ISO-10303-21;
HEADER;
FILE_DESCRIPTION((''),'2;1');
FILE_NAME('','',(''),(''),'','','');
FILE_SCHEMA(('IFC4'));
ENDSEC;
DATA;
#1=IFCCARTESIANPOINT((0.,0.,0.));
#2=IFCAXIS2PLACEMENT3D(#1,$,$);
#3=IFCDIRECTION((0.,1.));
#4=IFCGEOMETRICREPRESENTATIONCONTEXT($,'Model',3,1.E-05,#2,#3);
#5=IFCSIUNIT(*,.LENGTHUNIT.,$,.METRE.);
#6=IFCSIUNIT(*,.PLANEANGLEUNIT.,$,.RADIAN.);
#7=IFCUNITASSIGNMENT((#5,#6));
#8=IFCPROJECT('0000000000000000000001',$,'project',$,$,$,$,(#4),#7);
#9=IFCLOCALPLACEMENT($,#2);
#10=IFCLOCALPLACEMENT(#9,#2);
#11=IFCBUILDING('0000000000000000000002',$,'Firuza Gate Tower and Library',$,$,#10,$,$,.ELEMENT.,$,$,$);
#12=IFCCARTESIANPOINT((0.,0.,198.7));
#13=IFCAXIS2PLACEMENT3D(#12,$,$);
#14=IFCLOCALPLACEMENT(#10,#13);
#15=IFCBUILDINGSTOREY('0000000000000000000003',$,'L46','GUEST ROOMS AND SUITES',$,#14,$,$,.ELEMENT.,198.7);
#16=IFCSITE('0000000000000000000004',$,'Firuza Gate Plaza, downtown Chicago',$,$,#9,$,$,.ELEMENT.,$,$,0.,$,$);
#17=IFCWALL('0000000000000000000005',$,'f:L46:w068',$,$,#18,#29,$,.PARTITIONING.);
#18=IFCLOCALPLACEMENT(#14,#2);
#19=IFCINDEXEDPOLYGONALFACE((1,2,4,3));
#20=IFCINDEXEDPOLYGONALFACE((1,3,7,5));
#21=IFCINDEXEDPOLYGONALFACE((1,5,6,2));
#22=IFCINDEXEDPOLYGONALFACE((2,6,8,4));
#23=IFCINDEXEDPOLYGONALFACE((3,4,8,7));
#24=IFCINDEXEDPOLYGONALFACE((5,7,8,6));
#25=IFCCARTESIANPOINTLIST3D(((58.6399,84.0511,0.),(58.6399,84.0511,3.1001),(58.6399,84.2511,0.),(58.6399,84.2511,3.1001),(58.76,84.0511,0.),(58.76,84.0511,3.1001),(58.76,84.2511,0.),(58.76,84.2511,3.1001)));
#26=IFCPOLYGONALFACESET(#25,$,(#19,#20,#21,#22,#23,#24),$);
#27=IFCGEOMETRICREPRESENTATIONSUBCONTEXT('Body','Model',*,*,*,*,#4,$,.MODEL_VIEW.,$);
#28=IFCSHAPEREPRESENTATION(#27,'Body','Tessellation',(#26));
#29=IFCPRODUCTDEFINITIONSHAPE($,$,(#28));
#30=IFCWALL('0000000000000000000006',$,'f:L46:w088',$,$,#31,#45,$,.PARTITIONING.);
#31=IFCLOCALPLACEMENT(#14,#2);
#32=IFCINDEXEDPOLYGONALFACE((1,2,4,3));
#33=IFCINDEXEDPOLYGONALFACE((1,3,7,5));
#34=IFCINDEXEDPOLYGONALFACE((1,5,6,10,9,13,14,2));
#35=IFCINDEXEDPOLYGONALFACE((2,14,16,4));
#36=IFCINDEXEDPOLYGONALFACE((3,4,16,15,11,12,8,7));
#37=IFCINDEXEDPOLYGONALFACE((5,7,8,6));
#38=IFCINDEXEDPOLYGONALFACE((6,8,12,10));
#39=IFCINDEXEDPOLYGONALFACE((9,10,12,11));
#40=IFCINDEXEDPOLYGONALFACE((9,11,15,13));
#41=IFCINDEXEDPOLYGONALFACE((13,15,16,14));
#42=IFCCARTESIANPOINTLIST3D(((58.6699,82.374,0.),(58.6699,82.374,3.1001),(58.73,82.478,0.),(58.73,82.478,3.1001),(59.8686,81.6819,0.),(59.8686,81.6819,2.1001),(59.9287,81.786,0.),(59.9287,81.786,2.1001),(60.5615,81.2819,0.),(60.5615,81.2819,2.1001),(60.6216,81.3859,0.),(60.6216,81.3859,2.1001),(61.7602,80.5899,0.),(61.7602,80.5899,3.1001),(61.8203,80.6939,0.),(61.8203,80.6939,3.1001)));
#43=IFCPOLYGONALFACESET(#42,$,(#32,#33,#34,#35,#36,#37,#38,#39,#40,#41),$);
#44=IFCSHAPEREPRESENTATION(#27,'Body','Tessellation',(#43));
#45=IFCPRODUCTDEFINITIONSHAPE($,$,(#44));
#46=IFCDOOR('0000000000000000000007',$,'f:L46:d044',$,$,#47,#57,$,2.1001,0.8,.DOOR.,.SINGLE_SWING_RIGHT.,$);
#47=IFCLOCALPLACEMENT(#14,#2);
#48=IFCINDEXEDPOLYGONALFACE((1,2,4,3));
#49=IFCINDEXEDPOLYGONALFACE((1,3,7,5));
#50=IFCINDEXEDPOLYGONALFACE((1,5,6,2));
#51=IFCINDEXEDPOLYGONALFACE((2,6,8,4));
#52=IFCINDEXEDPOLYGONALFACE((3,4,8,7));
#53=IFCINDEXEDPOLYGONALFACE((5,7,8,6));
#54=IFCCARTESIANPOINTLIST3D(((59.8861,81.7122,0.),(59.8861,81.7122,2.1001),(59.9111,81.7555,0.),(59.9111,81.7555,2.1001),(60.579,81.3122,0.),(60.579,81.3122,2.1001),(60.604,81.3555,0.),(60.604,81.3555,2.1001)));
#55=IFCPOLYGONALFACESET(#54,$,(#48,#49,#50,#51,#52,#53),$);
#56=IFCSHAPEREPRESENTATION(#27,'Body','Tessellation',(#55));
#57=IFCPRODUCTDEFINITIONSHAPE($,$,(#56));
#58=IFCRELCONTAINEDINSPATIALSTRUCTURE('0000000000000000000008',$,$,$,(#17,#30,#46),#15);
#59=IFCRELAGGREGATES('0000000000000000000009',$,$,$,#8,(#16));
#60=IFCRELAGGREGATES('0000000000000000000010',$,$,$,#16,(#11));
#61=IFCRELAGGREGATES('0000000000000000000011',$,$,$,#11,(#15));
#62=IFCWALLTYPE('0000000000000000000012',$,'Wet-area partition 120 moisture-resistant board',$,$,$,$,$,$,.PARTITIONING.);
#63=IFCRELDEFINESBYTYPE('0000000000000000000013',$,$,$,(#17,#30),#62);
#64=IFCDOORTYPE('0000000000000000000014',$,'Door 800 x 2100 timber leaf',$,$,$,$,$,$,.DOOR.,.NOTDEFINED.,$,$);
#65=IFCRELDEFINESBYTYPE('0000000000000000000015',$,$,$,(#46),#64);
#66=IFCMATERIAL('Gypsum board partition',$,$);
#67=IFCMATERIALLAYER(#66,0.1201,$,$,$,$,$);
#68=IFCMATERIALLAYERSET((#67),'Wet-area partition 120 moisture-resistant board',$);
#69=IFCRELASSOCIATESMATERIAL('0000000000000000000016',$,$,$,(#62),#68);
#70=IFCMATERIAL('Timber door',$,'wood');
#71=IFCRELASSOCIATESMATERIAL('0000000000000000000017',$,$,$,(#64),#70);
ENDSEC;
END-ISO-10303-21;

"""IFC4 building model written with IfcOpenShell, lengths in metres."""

from ifc_helpers import new_model, si_unit, direction, frame, frame_2d, origin, place, context, subcontext, project, spatial, rectangle, extrude, material, layer, layer_set, type_object, element, fill, save


model = new_model("IFC4")

# Units and contexts
model_context = context("Model", 3, precision=1e-05, world=origin(), true_north=direction((0.0, 1.0)))
body_context = subcontext(model_context, "Body", "Model", "MODEL_VIEW")
ifc_project = project(units=[si_unit("LENGTHUNIT", "METRE"), si_unit("PLANEANGLEUNIT", "RADIAN")], contexts=[model_context])

# Site, building, storey
site_placement = place(None, origin())
site = spatial("IfcSite", under=ifc_project, at=site_placement, Name="Firuza Gate Plaza, downtown Chicago", CompositionType="ELEMENT", RefElevation=0.0)
building_placement = place(site_placement, origin())
building = spatial("IfcBuilding", under=site, at=building_placement, Name="Firuza Gate Tower and Library", CompositionType="ELEMENT")
storey_placement = place(building_placement, frame((0.0, 0.0, 198.7)))
storey = spatial("IfcBuildingStorey", under=building, at=storey_placement, Name="L46", Description="GUEST ROOMS AND SUITES", CompositionType="ELEMENT", Elevation=198.7)

# Shared definitions
ifc_material_1 = material(Name="Gypsum board partition")
ifc_layer_1 = layer(ifc_material_1, 0.1201)
ifc_layer_set_1 = layer_set([ifc_layer_1], Name="Wet-area partition 120 moisture-resistant board")
wall_type_1 = type_object("IfcWallType", Name="Wet-area partition 120 moisture-resistant board", PredefinedType="PARTITIONING", material=ifc_layer_set_1)
ifc_material_2 = material(Name="Timber door", Category="wood")
door_type_1 = type_object("IfcDoorType", Name="Door 800 x 2100 timber leaf", OperationType="NOTDEFINED", PredefinedType="DOOR", material=ifc_material_2)

# Wall
wall_1_placement = place(storey_placement, frame((58.7, 84.051, 0.0), z_axis=(0.0, 0.0, 1.0), x_axis=(0.0, 1.0, 0.0)))
element("IfcWall", 1, at=wall_1_placement, inside=storey, type_object=wall_type_1, Name="f:L46:w068", PredefinedType="PARTITIONING", context=body_context, shape_type="SweptSolid", body=[
    extrude(rectangle(XDim=0.2, YDim=0.1201, at=frame_2d((0.1001, 0.0))), origin(), (0.0, 0.0, 1.0), 3.1001),
])

# Wall, opening, door
wall_2_placement = place(storey_placement, frame((58.7, 82.426, 0.0), z_axis=(0.0, 0.0, 1.0), x_axis=(0.866028, -0.499995, 0.0)))
wall_2 = element("IfcWall", 2, at=wall_2_placement, inside=storey, type_object=wall_type_1, Name="f:L46:w088", PredefinedType="PARTITIONING", context=body_context, shape_type="SweptSolid", body=[
    extrude(rectangle(XDim=3.5684, YDim=0.1201, at=frame_2d((1.7842, 0.0))), origin(), (0.0, 0.0, 1.0), 3.1001),
])
opening_1_placement = place(wall_2_placement, frame((1.3843, 0.0, 0.0)))
opening_1 = element("IfcOpeningElement", 3, at=opening_1_placement, cuts=wall_2, PredefinedType="OPENING", context=body_context, shape_type="SweptSolid", body=[
    extrude(rectangle(XDim=0.8, YDim=2.1001, at=frame_2d((0.3999, 1.05))), frame((0.0, 0.0701, 0.0), z_axis=(0.0, -1.0, 0.0), x_axis=(1.0, 0.0, 0.0)), (0.0, 0.0, 1.0), 0.1401),
])
door_1_placement = place(opening_1_placement, origin())
door_1 = element("IfcDoor", 4, at=door_1_placement, inside=storey, type_object=door_type_1, Name="f:L46:d044", OperationType="SINGLE_SWING_RIGHT", OverallHeight=2.1001, OverallWidth=0.8, PredefinedType="DOOR", context=body_context, shape_type="SweptSolid", body=[
    extrude(rectangle(XDim=0.8, YDim=2.1001, at=frame_2d((0.3999, 1.05))), frame((0.0, 0.0249, 0.0), z_axis=(0.0, -1.0, 0.0), x_axis=(1.0, 0.0, 0.0)), (0.0, 0.0, 1.0), 0.05),
])
fill(opening_1, door_1)

save(model, "model.ifc")
